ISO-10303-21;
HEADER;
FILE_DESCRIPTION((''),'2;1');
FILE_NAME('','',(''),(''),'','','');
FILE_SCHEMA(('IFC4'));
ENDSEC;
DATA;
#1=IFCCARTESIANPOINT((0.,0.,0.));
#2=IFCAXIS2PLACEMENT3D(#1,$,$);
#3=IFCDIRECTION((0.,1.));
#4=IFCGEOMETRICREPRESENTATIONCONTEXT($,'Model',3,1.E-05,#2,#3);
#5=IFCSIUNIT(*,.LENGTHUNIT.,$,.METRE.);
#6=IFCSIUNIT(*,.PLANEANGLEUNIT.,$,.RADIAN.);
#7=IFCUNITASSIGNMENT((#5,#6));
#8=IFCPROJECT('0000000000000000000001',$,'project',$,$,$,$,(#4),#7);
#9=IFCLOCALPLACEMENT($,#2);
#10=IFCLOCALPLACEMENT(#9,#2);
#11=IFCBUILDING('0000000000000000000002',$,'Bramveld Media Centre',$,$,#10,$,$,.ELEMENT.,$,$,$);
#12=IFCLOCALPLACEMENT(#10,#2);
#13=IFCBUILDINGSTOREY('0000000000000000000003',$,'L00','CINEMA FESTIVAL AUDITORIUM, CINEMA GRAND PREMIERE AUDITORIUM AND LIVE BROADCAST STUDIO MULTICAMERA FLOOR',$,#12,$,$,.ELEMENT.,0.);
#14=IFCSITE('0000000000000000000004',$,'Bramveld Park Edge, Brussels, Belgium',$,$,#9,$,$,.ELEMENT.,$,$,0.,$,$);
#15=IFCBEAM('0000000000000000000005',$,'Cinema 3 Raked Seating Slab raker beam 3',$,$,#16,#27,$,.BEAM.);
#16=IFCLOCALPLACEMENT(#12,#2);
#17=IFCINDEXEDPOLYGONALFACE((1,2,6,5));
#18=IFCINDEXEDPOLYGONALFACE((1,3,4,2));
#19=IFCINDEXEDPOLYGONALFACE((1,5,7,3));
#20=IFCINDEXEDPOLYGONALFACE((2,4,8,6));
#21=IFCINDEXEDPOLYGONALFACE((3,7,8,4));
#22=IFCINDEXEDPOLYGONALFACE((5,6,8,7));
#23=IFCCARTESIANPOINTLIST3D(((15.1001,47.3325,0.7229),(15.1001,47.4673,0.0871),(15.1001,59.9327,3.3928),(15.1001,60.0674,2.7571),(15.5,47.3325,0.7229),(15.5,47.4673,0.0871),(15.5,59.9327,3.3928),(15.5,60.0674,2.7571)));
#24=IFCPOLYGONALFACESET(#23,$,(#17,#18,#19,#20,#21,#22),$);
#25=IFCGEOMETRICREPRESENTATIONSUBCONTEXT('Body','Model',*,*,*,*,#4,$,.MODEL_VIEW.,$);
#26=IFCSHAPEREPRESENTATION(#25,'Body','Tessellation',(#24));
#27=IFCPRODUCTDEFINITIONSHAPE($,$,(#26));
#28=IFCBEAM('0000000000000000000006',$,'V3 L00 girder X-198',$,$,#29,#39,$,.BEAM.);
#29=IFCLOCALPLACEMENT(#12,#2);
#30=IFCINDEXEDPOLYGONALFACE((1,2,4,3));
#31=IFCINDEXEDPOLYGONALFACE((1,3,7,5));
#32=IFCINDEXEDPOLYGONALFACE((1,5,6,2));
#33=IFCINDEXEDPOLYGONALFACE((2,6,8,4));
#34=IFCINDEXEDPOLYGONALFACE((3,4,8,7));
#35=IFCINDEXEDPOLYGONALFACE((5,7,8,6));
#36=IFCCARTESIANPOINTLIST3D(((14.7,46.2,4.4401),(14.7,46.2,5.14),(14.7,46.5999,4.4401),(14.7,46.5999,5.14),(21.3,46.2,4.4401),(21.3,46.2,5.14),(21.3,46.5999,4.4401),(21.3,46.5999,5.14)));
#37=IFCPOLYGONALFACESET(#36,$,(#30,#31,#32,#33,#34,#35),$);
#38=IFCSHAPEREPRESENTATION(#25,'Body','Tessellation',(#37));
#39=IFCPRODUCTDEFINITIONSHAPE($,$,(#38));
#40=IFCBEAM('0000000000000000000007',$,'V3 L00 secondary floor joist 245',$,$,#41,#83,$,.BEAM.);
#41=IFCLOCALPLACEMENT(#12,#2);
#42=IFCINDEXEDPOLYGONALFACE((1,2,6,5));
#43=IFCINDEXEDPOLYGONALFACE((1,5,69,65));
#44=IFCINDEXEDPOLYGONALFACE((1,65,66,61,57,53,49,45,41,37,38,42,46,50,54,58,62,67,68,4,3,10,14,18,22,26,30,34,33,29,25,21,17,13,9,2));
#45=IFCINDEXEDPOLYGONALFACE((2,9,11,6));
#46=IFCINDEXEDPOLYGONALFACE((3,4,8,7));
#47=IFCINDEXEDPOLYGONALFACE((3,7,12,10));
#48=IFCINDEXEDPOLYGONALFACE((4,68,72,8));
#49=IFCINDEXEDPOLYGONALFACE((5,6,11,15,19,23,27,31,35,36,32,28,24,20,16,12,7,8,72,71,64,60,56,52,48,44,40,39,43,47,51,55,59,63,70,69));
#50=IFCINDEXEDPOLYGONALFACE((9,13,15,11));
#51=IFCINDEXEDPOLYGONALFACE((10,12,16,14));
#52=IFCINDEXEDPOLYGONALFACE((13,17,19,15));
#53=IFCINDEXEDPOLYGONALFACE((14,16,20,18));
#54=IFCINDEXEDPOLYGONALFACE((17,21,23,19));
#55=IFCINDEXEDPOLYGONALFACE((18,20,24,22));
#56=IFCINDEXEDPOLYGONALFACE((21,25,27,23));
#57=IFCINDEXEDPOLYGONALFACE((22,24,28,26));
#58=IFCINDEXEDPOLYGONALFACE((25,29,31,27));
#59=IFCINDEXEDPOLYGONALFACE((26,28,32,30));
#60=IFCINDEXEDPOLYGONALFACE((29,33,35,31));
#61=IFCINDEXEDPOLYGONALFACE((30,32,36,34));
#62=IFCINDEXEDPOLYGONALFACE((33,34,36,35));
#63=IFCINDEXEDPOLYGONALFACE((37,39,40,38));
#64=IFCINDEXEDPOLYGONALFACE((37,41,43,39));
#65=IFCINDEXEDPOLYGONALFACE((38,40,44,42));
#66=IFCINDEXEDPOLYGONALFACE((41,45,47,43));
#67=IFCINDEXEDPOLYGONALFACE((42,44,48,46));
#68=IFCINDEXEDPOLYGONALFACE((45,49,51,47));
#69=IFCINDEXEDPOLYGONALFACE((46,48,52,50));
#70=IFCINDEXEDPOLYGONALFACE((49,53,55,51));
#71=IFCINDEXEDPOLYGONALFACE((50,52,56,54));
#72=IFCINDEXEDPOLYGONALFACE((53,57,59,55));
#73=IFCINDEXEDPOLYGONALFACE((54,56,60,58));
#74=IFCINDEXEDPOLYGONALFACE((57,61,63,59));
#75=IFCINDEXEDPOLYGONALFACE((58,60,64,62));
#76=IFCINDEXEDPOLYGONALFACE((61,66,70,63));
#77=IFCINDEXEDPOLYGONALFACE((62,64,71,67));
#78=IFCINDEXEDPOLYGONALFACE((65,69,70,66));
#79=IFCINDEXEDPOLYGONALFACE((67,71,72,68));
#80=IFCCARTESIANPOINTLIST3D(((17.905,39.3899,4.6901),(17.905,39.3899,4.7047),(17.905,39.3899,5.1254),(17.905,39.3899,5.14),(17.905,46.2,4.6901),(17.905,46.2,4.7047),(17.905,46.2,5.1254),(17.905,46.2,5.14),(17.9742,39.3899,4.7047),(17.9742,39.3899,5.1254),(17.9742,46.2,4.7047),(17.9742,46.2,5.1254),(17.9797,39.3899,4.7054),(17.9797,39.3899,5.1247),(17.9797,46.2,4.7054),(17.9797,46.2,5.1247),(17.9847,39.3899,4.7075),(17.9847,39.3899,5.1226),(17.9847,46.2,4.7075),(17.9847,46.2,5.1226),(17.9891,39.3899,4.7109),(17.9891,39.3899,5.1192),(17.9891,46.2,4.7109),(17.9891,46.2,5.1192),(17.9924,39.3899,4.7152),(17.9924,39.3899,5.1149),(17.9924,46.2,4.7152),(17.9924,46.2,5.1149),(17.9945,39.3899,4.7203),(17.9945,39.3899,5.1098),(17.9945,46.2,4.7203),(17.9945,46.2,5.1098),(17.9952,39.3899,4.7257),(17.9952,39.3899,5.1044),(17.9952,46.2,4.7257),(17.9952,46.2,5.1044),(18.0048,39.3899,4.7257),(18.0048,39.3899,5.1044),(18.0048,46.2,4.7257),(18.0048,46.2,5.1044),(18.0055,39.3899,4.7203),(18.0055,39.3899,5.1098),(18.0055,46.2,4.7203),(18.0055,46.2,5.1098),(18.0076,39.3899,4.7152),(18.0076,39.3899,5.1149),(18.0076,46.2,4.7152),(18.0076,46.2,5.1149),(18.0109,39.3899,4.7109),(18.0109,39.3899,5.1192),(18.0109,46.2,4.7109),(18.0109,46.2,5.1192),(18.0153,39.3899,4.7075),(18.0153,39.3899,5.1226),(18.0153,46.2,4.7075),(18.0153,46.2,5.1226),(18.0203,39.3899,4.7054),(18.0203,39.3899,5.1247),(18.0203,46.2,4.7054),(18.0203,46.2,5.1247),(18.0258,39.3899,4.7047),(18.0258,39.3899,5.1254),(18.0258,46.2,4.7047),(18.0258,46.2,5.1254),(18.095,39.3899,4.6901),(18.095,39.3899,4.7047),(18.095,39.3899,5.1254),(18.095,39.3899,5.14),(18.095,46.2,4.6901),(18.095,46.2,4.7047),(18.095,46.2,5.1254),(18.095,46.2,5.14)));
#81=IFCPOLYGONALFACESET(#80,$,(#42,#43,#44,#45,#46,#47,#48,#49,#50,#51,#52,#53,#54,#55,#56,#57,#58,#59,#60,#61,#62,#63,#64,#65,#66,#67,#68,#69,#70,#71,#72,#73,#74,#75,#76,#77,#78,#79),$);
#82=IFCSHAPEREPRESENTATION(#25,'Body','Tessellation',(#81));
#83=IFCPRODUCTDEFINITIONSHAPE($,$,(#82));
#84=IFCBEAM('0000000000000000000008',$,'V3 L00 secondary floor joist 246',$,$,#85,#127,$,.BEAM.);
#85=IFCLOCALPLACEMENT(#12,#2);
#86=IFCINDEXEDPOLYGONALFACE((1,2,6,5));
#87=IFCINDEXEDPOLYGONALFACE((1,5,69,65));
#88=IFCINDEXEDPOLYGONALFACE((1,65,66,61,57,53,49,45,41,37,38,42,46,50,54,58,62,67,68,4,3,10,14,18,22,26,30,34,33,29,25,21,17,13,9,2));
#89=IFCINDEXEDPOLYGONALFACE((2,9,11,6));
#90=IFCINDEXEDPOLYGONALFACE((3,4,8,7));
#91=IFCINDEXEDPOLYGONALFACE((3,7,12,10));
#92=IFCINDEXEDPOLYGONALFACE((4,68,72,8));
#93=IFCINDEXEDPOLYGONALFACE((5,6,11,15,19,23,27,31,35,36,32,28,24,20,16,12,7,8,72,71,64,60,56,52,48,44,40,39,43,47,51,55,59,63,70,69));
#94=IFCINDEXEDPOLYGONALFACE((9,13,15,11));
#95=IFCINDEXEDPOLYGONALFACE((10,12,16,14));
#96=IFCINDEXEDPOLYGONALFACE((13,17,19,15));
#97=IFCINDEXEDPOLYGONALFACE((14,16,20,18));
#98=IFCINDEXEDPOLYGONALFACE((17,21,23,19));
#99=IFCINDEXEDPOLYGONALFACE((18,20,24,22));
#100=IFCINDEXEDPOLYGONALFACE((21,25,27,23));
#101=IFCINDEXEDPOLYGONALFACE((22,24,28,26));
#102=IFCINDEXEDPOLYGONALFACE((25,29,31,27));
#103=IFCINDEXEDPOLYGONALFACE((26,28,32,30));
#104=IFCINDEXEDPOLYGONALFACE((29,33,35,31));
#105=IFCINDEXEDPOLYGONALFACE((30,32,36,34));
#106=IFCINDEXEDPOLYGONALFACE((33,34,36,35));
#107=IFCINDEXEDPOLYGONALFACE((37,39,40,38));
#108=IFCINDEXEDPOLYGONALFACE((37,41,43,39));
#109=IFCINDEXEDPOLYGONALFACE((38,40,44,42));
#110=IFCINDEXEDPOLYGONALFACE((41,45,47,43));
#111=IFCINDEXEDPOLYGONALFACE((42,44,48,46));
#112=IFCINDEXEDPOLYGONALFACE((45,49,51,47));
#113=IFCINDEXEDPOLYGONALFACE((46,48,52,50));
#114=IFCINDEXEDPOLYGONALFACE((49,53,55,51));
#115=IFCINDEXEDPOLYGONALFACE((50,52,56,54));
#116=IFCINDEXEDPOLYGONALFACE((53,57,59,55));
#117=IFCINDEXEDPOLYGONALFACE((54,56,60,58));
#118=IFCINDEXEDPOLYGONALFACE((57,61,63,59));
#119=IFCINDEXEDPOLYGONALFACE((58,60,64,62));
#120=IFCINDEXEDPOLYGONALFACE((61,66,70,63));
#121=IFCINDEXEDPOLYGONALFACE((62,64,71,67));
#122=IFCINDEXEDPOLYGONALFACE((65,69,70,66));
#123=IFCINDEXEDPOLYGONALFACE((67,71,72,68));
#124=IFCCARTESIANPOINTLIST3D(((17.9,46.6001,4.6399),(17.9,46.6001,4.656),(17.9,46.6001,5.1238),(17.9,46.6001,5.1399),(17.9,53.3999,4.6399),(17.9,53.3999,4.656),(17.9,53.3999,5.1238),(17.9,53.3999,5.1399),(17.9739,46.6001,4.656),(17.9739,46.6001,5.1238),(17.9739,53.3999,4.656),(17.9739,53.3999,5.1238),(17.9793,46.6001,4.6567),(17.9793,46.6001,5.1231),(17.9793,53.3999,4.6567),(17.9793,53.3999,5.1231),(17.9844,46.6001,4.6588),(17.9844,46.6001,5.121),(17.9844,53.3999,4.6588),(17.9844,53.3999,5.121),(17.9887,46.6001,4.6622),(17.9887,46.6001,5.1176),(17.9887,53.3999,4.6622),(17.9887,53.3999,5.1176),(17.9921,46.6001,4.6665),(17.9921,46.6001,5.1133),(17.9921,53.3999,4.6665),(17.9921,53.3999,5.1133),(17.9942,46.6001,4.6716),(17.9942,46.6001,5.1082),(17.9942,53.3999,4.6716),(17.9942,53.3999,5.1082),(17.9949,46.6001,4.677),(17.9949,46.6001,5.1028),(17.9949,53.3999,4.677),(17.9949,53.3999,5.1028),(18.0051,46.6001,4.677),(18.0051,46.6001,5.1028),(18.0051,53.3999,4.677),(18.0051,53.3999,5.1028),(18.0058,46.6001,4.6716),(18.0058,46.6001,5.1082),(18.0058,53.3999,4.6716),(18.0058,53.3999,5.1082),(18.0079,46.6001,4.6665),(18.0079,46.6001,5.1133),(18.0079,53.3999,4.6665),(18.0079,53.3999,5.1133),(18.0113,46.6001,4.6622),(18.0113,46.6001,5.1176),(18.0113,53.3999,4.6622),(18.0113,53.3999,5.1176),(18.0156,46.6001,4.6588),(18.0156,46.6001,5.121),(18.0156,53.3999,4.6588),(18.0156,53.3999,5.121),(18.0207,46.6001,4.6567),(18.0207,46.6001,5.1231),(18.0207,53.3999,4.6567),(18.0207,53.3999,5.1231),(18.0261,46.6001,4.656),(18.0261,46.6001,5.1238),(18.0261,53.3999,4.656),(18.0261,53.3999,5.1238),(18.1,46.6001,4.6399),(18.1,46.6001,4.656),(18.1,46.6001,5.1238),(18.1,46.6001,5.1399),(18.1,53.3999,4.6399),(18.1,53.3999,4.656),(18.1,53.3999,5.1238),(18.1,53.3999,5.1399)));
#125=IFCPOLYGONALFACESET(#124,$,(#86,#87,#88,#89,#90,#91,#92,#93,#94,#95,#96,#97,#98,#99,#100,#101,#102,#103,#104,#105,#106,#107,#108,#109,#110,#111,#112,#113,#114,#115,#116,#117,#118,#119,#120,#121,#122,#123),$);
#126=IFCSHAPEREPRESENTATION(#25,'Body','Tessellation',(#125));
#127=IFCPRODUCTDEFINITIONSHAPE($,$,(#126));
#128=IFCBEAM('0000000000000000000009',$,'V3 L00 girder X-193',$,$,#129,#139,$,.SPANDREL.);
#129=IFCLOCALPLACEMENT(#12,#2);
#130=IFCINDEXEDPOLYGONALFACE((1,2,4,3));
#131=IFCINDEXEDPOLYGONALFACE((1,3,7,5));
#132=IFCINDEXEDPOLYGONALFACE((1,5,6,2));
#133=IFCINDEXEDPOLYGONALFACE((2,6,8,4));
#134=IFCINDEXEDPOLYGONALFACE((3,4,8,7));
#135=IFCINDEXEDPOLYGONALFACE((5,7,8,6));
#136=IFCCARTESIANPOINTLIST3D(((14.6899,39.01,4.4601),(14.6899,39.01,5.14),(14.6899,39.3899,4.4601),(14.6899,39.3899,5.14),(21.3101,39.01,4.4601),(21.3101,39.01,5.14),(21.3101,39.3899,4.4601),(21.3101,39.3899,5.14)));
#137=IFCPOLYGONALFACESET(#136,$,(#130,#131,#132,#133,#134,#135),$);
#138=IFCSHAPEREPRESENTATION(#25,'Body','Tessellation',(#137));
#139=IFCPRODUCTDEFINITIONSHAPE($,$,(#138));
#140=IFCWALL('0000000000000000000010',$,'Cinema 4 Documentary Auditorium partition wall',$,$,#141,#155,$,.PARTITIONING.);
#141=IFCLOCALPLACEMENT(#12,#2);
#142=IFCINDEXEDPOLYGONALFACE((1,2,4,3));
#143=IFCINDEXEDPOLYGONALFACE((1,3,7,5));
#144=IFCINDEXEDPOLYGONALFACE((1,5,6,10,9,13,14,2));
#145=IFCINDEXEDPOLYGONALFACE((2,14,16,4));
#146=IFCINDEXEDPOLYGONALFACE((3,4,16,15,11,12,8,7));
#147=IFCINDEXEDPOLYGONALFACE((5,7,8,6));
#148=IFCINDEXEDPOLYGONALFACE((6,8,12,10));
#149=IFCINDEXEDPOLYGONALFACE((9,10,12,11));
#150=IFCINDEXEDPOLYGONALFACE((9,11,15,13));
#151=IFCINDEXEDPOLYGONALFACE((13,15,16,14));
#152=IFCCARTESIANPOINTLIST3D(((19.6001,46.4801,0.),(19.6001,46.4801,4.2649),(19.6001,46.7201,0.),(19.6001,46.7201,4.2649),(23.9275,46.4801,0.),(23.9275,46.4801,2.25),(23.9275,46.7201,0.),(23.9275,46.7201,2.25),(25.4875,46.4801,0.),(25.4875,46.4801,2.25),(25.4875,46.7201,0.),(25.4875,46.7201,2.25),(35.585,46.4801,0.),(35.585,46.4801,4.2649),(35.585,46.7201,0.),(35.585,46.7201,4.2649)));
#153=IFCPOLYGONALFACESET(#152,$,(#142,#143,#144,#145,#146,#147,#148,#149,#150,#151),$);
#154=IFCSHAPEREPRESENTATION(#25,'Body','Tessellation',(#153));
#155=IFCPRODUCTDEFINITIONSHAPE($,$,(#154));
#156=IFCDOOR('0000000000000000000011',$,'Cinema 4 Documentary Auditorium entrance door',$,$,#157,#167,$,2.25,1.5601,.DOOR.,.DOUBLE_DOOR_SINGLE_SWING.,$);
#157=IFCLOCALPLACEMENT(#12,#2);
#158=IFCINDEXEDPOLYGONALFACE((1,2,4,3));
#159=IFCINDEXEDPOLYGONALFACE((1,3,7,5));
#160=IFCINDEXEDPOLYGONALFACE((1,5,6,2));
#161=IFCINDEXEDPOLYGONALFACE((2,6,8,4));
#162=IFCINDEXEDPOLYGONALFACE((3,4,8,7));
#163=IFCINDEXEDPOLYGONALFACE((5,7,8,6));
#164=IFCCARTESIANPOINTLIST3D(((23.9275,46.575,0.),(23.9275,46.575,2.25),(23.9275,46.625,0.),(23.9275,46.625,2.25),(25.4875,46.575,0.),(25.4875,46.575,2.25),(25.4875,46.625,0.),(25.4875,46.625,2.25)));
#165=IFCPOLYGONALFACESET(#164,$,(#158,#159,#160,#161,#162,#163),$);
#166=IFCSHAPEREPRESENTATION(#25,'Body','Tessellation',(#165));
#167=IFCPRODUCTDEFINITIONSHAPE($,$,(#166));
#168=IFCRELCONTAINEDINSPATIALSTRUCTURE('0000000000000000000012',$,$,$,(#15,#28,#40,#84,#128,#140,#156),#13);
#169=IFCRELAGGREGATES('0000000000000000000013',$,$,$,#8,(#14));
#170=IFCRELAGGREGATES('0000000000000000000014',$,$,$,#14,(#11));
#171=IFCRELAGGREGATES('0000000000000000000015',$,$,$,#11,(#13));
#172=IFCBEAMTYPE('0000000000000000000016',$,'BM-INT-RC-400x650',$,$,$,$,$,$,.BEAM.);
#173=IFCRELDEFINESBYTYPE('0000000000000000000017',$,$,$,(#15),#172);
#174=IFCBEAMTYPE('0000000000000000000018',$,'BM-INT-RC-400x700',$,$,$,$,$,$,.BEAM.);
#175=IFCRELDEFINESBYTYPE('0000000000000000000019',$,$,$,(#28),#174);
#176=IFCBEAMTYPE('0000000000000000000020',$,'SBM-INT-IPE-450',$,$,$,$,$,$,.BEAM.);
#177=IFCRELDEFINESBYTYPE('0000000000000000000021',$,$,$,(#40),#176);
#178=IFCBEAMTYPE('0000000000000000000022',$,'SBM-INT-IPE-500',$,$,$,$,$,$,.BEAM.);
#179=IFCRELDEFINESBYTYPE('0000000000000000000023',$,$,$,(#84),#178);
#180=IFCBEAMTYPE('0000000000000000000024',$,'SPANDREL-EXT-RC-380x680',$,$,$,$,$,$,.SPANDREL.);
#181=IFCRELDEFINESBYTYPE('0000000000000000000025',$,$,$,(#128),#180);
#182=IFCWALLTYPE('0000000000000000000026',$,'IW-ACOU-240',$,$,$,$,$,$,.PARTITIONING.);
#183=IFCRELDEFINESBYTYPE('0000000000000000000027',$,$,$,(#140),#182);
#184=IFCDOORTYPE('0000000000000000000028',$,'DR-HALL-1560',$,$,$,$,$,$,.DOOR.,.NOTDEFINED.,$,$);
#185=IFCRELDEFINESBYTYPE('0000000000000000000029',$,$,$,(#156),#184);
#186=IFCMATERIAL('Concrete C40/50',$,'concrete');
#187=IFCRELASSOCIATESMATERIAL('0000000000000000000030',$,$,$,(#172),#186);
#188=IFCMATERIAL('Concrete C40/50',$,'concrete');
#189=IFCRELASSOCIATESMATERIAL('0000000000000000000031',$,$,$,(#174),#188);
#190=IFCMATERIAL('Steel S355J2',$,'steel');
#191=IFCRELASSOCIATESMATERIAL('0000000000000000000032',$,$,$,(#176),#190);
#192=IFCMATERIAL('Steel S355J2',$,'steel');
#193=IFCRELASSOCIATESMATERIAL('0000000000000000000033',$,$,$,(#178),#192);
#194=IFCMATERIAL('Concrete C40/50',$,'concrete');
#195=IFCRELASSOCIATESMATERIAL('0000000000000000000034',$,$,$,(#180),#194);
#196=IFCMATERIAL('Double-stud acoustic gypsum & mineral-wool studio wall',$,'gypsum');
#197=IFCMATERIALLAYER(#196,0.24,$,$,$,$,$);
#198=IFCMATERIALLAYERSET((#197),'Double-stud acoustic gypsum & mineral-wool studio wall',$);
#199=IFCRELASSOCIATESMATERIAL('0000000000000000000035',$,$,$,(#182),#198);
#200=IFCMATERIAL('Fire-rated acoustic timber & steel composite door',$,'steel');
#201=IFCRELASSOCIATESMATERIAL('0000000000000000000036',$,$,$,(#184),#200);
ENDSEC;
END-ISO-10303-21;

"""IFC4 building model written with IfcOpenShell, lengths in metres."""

from ifc_helpers import new_model, si_unit, direction, frame, frame_2d, origin, origin_2d, place, context, subcontext, project, spatial, rectangle, i_section, extrude, material, layer, layer_set, material_profile, profile_set, type_object, element, fill, save


model = new_model("IFC4")

# Units and contexts
model_context = context("Model", 3, precision=1e-05, world=origin(), true_north=direction((0.0, 1.0)))
body_context = subcontext(model_context, "Body", "Model", "MODEL_VIEW")
ifc_project = project(units=[si_unit("LENGTHUNIT", "METRE"), si_unit("PLANEANGLEUNIT", "RADIAN")], contexts=[model_context])

# Site, building, storey
site_placement = place(None, origin())
site = spatial("IfcSite", under=ifc_project, at=site_placement, Name="Bramveld Park Edge, Brussels, Belgium", CompositionType="ELEMENT", RefElevation=0.0)
building_placement = place(site_placement, origin())
building = spatial("IfcBuilding", under=site, at=building_placement, Name="Bramveld Media Centre", CompositionType="ELEMENT")
storey_placement = place(building_placement, origin())
storey = spatial("IfcBuildingStorey", under=building, at=storey_placement, Name="L00", Description="CINEMA FESTIVAL AUDITORIUM, CINEMA GRAND PREMIERE AUDITORIUM AND LIVE BROADCAST STUDIO MULTICAMERA FLOOR", CompositionType="ELEMENT", Elevation=0.0)

# Beams
ifc_material_1 = material(Name="Concrete C40/50", Category="concrete")
ifc_material_profile_1 = material_profile(ifc_material_1, rectangle(XDim=0.3999, YDim=0.6499, at=origin_2d()), Name="RC 400x650")
ifc_profile_set_1 = profile_set([ifc_material_profile_1], Name="Concrete C40/50")
beam_type_1 = type_object("IfcBeamType", Name="BM-INT-RC-400x650", PredefinedType="BEAM", material=ifc_profile_set_1)
beam_1_placement = place(storey_placement, frame((15.3, 47.3999, 0.405), z_axis=(0.0, 0.978279, 0.207294), x_axis=(-1.0, 0.0, 0.0)))
element("IfcBeam", 1, at=beam_1_placement, inside=storey, type_object=beam_type_1, Name="Cinema 3 Raked Seating Slab raker beam 3", PredefinedType="BEAM", context=body_context, shape_type="SweptSolid", body=[
    extrude(rectangle(XDim=0.3999, YDim=0.6499, at=origin_2d()), origin(), (0.0, 0.0, 1.0), 12.8799),
])
ifc_material_2 = material(Name="Concrete C40/50", Category="concrete")
ifc_material_profile_2 = material_profile(ifc_material_2, rectangle(XDim=0.3999, YDim=0.7, at=origin_2d()), Name="RC 400x700")
ifc_profile_set_2 = profile_set([ifc_material_profile_2], Name="Concrete C40/50")
beam_type_2 = type_object("IfcBeamType", Name="BM-INT-RC-400x700", PredefinedType="BEAM", material=ifc_profile_set_2)
beam_2_placement = place(storey_placement, frame((14.7, 46.3999, 4.79), z_axis=(1.0, 0.0, 0.0), x_axis=(0.0, 1.0, 0.0)))
element("IfcBeam", 2, at=beam_2_placement, inside=storey, type_object=beam_type_2, Name="V3 L00 girder X-198", PredefinedType="BEAM", context=body_context, shape_type="SweptSolid", body=[
    extrude(rectangle(XDim=0.3999, YDim=0.7, at=origin_2d()), origin(), (0.0, 0.0, 1.0), 6.6001),
])
ifc_material_3 = material(Name="Steel S355J2", Category="steel")
ifc_material_profile_3 = material_profile(ifc_material_3, i_section(OverallWidth=0.1899, OverallDepth=0.45, WebThickness=0.0095, FlangeThickness=0.0146, FilletRadius=0.021, at=origin_2d()), Name="IPE 450")
ifc_profile_set_3 = profile_set([ifc_material_profile_3], Name="Steel S355J2")
beam_type_3 = type_object("IfcBeamType", Name="SBM-INT-IPE-450", PredefinedType="BEAM", material=ifc_profile_set_3)
beam_3_placement = place(storey_placement, frame((18.0, 39.3899, 4.915), z_axis=(0.0, 1.0, 0.0), x_axis=(-1.0, 0.0, 0.0)))
element("IfcBeam", 3, at=beam_3_placement, inside=storey, type_object=beam_type_3, Name="V3 L00 secondary floor joist 245", PredefinedType="BEAM", context=body_context, shape_type="SweptSolid", body=[
    extrude(i_section(OverallWidth=0.1899, OverallDepth=0.45, WebThickness=0.0095, FlangeThickness=0.0146, FilletRadius=0.021, at=origin_2d()), origin(), (0.0, 0.0, 1.0), 6.8101),
])
ifc_material_4 = material(Name="Steel S355J2", Category="steel")
ifc_material_profile_4 = material_profile(ifc_material_4, i_section(OverallWidth=0.2, OverallDepth=0.5, WebThickness=0.0103, FlangeThickness=0.0161, FilletRadius=0.021, at=origin_2d()), Name="IPE 500")
ifc_profile_set_4 = profile_set([ifc_material_profile_4], Name="Steel S355J2")
beam_type_4 = type_object("IfcBeamType", Name="SBM-INT-IPE-500", PredefinedType="BEAM", material=ifc_profile_set_4)
beam_4_placement = place(storey_placement, frame((18.0, 46.6001, 4.8899), z_axis=(0.0, 1.0, 0.0), x_axis=(-1.0, 0.0, 0.0)))
element("IfcBeam", 4, at=beam_4_placement, inside=storey, type_object=beam_type_4, Name="V3 L00 secondary floor joist 246", PredefinedType="BEAM", context=body_context, shape_type="SweptSolid", body=[
    extrude(i_section(OverallWidth=0.2, OverallDepth=0.5, WebThickness=0.0103, FlangeThickness=0.0161, FilletRadius=0.021, at=origin_2d()), origin(), (0.0, 0.0, 1.0), 6.7998),
])
ifc_material_5 = material(Name="Concrete C40/50", Category="concrete")
ifc_material_profile_5 = material_profile(ifc_material_5, rectangle(XDim=0.3799, YDim=0.6799, at=origin_2d()), Name="RC 380x680")
ifc_profile_set_5 = profile_set([ifc_material_profile_5], Name="Concrete C40/50")
beam_type_5 = type_object("IfcBeamType", Name="SPANDREL-EXT-RC-380x680", PredefinedType="SPANDREL", material=ifc_profile_set_5)
beam_5_placement = place(storey_placement, frame((14.6899, 39.2, 4.8), z_axis=(1.0, 0.0, 0.0), x_axis=(0.0, 1.0, 0.0)))
element("IfcBeam", 5, at=beam_5_placement, inside=storey, type_object=beam_type_5, Name="V3 L00 girder X-193", PredefinedType="SPANDREL", context=body_context, shape_type="SweptSolid", body=[
    extrude(rectangle(XDim=0.3799, YDim=0.6799, at=origin_2d()), origin(), (0.0, 0.0, 1.0), 6.6201),
])

# Wall, opening, door
ifc_material_6 = material(Name="Double-stud acoustic gypsum & mineral-wool studio wall", Category="gypsum")
ifc_layer_1 = layer(ifc_material_6, 0.24)
ifc_layer_set_1 = layer_set([ifc_layer_1], Name="Double-stud acoustic gypsum & mineral-wool studio wall")
wall_type_1 = type_object("IfcWallType", Name="IW-ACOU-240", PredefinedType="PARTITIONING", material=ifc_layer_set_1)
wall_1_placement = place(storey_placement, frame((19.6001, 46.6001, 0.0), z_axis=(0.0, 0.0, 1.0), x_axis=(1.0, 0.0, 0.0)))
wall_1 = element("IfcWall", 6, at=wall_1_placement, inside=storey, type_object=wall_type_1, Name="Cinema 4 Documentary Auditorium partition wall", PredefinedType="PARTITIONING", context=body_context, shape_type="SweptSolid", body=[
    extrude(rectangle(XDim=15.9849, YDim=0.24, at=frame_2d((7.9924, 0.0))), origin(), (0.0, 0.0, 1.0), 4.2649),
])
opening_1_placement = place(wall_1_placement, frame((4.3274, 0.0, 0.0)))
opening_1 = element("IfcOpeningElement", 7, at=opening_1_placement, cuts=wall_1, PredefinedType="OPENING", context=body_context, shape_type="SweptSolid", body=[
    extrude(rectangle(XDim=1.5601, YDim=2.25, at=frame_2d((0.78, 1.125))), frame((0.0, 0.1318, 0.0), z_axis=(0.0, -1.0, 0.0), x_axis=(1.0, 0.0, 0.0)), (0.0, 0.0, 1.0), 0.2639),
])
ifc_material_7 = material(Name="Fire-rated acoustic timber & steel composite door", Category="steel")
door_type_1 = type_object("IfcDoorType", Name="DR-HALL-1560", OperationType="NOTDEFINED", PredefinedType="DOOR", material=ifc_material_7)
door_1_placement = place(opening_1_placement, origin())
door_1 = element("IfcDoor", 8, at=door_1_placement, inside=storey, type_object=door_type_1, Name="Cinema 4 Documentary Auditorium entrance door", OperationType="DOUBLE_DOOR_SINGLE_SWING", OverallHeight=2.25, OverallWidth=1.5601, PredefinedType="DOOR", context=body_context, shape_type="SweptSolid", body=[
    extrude(rectangle(XDim=1.5601, YDim=2.25, at=frame_2d((0.78, 1.125))), frame((0.0, 0.0249, 0.0), z_axis=(0.0, -1.0, 0.0), x_axis=(1.0, 0.0, 0.0)), (0.0, 0.0, 1.0), 0.05),
])
fill(opening_1, door_1)

save(model, "model.ifc")
